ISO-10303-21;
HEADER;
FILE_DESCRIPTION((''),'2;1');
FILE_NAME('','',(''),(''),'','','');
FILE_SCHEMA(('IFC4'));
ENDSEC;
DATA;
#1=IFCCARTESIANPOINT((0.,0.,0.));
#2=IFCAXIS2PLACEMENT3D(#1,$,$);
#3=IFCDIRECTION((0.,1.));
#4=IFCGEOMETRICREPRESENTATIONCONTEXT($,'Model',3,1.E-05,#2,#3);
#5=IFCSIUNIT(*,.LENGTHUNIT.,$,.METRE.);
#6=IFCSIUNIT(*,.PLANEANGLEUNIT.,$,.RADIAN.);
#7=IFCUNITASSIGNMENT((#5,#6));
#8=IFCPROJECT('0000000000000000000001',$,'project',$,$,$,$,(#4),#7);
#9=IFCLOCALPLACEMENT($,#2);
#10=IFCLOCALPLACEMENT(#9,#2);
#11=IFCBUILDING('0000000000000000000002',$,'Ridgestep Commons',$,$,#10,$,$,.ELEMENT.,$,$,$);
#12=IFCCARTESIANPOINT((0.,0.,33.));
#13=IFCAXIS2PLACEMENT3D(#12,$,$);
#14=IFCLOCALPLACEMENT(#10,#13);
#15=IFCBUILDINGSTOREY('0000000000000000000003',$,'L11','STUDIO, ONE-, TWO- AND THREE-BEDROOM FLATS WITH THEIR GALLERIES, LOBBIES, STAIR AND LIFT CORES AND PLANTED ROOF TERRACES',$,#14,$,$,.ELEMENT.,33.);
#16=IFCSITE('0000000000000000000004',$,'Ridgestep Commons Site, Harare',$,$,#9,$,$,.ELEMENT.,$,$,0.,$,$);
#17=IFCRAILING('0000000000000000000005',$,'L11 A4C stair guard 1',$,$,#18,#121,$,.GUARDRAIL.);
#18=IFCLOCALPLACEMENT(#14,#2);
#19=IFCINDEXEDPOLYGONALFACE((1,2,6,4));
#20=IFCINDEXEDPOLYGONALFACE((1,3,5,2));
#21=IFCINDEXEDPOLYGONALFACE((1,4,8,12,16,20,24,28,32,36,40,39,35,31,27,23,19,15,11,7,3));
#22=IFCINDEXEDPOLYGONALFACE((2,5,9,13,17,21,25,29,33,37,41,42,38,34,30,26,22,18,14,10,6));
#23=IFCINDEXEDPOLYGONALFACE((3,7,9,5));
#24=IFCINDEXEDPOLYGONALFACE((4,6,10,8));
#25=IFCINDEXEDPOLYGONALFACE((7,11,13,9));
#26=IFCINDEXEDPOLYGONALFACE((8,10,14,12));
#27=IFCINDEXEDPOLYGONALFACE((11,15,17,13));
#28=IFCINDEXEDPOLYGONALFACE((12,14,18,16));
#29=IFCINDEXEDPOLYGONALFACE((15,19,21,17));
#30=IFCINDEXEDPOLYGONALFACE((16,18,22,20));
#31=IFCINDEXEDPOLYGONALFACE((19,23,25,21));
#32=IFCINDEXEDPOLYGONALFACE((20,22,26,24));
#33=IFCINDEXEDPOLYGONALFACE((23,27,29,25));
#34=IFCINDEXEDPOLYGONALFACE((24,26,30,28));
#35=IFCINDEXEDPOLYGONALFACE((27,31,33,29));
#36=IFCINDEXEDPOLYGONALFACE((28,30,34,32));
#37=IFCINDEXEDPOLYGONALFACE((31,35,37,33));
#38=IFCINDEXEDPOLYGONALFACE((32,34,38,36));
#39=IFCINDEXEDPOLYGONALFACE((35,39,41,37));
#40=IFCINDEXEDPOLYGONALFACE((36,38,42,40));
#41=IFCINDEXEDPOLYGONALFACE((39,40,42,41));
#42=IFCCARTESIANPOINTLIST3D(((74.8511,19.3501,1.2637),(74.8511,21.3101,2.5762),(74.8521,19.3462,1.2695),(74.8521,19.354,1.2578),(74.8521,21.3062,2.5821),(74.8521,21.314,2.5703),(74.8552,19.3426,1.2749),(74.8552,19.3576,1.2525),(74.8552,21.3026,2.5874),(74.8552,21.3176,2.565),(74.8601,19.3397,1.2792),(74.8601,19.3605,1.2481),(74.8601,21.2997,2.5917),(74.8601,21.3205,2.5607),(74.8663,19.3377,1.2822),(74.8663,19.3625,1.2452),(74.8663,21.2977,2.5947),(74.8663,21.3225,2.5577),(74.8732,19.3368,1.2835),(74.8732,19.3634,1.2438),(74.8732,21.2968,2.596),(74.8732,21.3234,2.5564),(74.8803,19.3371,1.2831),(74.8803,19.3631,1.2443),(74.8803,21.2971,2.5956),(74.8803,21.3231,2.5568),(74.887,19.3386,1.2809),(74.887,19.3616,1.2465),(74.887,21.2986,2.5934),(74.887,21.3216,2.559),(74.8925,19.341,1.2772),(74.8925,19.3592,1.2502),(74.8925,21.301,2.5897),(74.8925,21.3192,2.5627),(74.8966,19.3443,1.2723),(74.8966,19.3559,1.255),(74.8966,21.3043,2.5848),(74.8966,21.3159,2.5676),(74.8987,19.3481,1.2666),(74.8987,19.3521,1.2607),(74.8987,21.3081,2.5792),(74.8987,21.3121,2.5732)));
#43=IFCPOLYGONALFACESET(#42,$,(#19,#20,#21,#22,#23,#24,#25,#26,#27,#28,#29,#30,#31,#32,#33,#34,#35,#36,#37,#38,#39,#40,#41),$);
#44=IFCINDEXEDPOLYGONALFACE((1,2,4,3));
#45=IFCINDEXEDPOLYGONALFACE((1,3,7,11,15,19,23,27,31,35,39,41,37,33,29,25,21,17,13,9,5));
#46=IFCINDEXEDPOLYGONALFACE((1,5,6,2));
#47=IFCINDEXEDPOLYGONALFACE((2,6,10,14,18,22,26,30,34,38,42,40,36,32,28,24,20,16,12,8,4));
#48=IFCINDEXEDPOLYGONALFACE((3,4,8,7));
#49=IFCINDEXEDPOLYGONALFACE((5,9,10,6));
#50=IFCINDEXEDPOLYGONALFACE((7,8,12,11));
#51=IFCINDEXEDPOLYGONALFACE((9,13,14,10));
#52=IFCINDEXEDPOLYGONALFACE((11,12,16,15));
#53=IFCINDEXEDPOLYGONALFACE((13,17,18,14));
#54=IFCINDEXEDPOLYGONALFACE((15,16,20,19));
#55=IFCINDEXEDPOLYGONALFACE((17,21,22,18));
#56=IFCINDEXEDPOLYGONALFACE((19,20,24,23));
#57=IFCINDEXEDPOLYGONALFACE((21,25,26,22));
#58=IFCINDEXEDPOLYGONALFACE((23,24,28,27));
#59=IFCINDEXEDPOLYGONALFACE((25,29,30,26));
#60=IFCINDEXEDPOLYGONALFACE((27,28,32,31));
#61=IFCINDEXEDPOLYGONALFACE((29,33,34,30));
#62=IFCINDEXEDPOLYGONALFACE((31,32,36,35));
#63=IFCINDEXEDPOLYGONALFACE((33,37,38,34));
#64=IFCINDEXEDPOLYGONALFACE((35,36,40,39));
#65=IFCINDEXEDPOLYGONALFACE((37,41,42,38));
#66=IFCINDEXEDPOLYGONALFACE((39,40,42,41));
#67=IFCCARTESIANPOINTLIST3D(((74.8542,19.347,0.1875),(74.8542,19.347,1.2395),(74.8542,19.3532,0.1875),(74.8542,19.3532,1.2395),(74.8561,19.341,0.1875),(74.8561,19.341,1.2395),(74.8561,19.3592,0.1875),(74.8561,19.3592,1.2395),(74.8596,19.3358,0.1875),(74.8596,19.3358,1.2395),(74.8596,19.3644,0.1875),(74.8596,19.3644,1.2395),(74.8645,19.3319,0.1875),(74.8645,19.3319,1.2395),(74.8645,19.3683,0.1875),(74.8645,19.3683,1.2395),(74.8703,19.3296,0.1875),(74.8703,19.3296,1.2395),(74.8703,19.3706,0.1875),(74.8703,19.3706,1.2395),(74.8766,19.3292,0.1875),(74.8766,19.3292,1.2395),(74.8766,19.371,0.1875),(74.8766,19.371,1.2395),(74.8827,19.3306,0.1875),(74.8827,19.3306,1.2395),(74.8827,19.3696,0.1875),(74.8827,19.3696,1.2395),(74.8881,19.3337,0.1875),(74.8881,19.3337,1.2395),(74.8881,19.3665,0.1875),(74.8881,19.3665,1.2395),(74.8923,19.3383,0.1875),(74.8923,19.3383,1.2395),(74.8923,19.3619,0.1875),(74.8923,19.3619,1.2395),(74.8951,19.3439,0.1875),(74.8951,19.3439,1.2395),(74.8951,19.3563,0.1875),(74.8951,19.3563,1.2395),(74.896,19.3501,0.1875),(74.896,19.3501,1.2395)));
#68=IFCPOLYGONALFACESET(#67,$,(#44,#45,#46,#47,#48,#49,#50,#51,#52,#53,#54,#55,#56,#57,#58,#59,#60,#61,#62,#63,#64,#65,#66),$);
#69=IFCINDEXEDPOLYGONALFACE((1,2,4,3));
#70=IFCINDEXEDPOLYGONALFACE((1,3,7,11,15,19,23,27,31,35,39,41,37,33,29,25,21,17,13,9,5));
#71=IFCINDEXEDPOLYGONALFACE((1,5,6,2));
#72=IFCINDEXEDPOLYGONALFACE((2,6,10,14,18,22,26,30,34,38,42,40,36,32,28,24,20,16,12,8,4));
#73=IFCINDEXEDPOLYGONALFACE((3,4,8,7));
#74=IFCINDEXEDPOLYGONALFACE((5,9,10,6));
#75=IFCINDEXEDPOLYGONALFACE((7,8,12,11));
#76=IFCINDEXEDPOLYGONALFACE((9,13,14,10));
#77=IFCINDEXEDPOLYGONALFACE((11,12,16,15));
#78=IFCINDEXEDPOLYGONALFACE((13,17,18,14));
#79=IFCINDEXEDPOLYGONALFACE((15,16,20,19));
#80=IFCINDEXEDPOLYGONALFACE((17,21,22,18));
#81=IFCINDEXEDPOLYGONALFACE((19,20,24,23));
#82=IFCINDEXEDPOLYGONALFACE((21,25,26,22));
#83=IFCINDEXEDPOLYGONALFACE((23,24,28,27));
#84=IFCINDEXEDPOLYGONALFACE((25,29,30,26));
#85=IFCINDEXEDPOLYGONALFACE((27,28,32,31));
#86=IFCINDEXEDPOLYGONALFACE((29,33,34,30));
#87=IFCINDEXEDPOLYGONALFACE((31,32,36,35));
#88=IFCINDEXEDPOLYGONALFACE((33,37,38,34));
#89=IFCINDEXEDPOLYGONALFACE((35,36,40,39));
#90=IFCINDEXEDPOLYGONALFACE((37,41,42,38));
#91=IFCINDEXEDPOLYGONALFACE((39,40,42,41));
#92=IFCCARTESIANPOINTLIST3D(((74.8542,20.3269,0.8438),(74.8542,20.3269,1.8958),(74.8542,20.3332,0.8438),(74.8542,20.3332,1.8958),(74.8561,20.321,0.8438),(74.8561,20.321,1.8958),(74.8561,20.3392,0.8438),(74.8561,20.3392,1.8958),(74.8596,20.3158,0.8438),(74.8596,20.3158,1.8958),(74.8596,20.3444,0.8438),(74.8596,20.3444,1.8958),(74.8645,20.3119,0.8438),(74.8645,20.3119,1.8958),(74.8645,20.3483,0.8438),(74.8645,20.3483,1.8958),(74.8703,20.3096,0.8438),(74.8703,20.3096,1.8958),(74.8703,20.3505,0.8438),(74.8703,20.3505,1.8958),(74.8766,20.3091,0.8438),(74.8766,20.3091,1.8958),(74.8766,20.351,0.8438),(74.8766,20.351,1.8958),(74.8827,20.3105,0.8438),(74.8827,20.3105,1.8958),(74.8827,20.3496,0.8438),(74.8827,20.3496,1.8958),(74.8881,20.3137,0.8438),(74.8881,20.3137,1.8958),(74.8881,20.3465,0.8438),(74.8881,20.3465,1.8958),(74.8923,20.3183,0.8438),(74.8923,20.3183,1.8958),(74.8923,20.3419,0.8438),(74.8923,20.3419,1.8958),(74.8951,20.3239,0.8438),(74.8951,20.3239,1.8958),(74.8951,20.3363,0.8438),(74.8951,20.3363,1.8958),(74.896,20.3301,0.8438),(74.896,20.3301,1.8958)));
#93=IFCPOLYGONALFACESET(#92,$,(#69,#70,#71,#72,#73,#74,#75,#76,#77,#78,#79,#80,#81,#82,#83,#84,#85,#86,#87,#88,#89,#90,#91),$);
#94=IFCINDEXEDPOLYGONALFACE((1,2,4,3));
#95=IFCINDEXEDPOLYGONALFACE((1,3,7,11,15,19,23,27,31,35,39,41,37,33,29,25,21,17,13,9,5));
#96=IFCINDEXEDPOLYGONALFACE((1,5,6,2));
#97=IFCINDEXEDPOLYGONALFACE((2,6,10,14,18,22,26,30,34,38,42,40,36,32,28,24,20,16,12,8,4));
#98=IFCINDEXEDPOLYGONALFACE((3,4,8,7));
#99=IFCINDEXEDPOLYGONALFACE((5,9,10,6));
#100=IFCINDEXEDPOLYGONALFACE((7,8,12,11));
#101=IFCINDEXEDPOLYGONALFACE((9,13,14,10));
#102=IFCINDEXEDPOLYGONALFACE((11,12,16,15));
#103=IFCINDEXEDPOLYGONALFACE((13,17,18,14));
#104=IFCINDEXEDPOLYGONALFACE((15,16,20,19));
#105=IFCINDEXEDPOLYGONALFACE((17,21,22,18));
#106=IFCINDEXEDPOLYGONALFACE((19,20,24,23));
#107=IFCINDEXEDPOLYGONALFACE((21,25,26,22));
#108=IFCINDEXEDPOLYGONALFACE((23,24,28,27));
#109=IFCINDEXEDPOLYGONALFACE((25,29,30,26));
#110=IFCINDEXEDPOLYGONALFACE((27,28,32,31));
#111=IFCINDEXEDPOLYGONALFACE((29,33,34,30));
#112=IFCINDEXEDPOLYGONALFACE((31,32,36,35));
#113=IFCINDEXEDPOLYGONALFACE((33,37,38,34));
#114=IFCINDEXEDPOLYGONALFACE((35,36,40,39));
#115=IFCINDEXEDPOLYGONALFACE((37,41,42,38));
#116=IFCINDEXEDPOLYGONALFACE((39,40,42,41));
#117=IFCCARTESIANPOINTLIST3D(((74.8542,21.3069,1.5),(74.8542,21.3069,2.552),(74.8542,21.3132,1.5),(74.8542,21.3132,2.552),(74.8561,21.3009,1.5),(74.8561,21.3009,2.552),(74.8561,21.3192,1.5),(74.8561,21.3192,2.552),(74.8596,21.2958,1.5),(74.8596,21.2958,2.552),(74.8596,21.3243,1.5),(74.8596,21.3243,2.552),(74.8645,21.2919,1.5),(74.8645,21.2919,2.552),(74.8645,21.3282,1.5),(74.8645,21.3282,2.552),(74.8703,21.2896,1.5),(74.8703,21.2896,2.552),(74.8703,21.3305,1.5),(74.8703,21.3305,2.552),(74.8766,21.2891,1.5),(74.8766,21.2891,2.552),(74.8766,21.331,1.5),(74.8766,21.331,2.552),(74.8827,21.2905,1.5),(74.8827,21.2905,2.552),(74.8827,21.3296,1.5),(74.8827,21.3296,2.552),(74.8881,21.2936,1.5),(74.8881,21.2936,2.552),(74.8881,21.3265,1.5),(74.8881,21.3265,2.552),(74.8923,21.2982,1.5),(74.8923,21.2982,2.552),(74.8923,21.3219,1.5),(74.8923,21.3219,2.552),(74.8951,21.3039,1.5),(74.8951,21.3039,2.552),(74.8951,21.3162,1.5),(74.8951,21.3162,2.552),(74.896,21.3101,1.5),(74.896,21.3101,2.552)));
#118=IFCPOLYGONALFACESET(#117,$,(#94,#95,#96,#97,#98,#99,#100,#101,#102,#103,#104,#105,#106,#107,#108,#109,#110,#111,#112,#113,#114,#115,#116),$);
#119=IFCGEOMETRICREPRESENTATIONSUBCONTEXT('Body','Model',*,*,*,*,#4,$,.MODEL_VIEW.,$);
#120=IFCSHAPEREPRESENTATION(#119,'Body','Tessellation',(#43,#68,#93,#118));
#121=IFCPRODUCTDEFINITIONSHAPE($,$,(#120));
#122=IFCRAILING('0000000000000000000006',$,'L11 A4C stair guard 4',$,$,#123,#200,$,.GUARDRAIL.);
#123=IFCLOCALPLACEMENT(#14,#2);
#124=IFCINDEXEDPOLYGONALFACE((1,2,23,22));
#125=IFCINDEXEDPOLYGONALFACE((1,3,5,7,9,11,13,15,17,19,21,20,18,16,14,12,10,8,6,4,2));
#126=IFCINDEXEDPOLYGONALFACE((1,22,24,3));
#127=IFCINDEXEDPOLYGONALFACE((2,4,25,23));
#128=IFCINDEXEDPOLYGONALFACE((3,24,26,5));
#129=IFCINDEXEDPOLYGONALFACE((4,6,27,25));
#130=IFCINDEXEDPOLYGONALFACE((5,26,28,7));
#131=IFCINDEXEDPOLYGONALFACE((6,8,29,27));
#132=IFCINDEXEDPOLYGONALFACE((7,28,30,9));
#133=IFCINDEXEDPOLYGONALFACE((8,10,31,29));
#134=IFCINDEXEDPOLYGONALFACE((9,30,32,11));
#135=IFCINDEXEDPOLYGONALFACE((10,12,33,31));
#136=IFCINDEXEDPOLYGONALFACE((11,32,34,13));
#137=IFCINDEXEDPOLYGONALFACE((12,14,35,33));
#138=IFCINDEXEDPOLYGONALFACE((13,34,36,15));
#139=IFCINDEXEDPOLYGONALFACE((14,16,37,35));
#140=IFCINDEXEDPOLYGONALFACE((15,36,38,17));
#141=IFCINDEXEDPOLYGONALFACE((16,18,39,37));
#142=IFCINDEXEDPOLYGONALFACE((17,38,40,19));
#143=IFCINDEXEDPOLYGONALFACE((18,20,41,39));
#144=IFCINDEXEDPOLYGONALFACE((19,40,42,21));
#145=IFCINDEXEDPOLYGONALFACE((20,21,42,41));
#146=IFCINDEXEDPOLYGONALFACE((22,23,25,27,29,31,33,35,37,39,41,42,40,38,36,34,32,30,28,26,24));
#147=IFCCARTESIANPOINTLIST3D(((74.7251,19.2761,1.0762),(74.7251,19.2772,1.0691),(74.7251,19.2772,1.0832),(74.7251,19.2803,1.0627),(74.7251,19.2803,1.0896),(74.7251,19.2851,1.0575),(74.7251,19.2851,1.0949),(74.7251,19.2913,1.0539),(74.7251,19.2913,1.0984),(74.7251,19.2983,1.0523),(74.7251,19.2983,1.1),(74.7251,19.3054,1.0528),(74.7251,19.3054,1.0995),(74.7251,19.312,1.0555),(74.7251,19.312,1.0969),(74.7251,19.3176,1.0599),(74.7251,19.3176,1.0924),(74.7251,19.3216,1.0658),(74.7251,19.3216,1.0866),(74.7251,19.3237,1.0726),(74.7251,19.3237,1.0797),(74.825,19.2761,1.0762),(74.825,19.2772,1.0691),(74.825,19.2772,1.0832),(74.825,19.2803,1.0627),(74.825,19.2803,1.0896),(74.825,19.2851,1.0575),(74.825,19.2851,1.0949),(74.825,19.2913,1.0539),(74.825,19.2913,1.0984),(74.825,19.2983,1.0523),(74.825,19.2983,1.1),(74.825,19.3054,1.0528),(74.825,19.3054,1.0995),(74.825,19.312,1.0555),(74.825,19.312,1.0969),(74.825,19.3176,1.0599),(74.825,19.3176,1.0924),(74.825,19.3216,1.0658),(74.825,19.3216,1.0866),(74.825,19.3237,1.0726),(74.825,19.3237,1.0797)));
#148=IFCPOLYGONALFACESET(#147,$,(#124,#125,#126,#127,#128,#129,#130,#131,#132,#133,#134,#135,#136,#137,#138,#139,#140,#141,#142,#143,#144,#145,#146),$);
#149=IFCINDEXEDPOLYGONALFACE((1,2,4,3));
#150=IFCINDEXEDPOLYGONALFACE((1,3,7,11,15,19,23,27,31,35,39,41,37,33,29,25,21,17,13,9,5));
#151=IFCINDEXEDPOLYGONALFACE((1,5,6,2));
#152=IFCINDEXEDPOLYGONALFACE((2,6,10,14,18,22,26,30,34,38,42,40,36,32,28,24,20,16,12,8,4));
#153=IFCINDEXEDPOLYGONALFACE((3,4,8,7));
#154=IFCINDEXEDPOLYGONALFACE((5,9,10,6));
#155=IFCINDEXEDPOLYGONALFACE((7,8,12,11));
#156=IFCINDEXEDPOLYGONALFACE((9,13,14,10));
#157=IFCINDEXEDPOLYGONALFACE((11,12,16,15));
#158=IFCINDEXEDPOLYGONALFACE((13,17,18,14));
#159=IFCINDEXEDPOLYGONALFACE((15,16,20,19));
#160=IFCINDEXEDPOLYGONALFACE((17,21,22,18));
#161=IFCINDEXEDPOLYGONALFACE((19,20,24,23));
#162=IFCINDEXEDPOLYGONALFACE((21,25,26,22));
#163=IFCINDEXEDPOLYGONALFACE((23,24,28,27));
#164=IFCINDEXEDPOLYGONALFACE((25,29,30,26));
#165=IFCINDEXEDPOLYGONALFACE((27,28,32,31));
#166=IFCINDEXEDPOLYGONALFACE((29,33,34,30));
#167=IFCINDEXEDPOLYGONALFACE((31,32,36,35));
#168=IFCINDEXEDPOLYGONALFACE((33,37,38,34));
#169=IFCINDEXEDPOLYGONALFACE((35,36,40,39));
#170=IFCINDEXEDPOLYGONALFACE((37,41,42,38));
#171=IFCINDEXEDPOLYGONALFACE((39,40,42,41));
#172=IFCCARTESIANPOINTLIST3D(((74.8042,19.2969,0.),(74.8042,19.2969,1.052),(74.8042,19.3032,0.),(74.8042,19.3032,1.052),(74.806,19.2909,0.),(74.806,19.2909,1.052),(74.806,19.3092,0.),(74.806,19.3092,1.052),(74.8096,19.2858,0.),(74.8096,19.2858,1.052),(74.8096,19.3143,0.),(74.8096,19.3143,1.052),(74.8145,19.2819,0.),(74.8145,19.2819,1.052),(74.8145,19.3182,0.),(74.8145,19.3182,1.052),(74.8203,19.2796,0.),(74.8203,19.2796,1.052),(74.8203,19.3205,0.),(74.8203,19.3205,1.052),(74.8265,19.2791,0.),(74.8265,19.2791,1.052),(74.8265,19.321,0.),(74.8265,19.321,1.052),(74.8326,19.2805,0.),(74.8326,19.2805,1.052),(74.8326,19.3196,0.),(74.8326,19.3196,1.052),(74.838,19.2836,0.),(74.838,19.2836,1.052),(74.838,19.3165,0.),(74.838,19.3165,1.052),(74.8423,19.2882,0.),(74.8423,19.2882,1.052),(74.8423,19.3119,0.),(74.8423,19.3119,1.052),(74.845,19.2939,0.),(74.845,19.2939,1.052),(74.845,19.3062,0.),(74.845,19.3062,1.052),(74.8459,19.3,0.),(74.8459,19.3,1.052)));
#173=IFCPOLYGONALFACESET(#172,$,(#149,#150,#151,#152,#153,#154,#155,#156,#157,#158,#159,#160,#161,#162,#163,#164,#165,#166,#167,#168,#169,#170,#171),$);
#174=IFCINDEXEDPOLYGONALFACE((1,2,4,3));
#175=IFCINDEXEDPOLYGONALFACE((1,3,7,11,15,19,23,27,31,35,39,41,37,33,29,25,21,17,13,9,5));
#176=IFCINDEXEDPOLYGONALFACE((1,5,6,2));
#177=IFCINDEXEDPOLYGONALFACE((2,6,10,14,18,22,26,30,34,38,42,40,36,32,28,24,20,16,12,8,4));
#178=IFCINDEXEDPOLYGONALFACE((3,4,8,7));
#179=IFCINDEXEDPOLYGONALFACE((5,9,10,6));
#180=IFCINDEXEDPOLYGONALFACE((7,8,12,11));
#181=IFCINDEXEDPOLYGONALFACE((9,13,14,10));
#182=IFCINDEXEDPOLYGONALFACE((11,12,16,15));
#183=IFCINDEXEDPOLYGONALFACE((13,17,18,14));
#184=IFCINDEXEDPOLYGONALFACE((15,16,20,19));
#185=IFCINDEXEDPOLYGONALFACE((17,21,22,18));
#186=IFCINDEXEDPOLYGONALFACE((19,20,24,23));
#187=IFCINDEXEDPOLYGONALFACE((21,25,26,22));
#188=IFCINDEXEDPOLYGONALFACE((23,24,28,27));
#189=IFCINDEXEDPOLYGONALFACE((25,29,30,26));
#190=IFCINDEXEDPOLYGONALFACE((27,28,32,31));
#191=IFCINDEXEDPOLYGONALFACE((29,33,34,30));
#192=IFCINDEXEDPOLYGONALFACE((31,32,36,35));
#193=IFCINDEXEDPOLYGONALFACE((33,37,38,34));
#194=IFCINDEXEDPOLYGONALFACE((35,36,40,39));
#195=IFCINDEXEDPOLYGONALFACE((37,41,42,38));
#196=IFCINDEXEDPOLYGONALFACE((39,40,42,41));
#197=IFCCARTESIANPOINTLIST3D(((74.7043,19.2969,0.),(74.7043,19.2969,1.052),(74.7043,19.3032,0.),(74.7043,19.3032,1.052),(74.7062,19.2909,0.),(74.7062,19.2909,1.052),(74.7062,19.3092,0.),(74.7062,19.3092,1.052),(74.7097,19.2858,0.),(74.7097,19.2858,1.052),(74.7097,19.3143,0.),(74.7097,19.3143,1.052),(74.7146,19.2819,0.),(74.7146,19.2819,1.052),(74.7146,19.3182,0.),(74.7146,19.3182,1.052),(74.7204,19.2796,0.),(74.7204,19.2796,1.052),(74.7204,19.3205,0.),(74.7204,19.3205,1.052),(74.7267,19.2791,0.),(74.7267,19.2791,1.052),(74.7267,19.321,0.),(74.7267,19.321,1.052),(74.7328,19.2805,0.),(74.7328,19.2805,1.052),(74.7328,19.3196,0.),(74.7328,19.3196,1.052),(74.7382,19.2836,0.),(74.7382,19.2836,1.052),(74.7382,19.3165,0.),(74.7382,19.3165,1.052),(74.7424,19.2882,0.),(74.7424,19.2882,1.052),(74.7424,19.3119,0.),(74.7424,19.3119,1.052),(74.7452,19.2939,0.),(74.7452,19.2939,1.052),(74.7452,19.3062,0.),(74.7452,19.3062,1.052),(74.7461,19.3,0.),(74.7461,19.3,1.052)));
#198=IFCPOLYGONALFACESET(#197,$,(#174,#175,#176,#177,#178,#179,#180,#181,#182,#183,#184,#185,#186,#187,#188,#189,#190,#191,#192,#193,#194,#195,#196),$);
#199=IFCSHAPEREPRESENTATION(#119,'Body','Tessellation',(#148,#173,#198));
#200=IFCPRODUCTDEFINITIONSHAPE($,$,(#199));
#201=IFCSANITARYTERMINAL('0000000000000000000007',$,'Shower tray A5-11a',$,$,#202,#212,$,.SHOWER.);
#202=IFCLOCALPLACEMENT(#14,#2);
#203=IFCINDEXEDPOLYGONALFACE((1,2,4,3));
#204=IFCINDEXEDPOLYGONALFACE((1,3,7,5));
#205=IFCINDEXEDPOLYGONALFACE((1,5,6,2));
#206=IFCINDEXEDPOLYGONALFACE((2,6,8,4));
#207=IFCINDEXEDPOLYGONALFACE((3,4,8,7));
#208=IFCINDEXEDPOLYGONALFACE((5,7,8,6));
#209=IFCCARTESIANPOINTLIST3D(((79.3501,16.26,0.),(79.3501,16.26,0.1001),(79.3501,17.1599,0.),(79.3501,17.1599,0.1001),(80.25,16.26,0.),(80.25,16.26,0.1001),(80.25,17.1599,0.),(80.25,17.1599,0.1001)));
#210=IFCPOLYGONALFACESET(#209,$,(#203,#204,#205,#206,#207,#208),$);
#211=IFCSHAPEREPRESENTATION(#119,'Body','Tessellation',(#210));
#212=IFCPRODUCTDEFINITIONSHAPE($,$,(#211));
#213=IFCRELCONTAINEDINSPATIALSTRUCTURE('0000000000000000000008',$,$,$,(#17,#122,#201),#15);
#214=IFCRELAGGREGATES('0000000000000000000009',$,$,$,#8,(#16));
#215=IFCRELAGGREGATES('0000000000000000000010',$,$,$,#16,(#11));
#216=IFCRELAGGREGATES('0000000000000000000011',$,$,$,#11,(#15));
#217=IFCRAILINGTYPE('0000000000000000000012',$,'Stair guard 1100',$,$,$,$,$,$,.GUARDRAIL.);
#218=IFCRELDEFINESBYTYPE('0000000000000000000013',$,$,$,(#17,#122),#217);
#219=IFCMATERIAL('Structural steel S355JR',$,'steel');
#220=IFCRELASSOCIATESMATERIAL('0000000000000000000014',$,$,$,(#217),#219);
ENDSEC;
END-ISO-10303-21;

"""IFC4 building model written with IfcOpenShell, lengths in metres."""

from ifc_helpers import new_model, si_unit, direction, frame, origin, origin_2d, place, context, subcontext, project, spatial, rectangle, circle, extrude, material, type_object, element, save


model = new_model("IFC4")

# Units and contexts
model_context = context("Model", 3, precision=1e-05, world=origin(), true_north=direction((0.0, 1.0)))
body_context = subcontext(model_context, "Body", "Model", "MODEL_VIEW")
ifc_project = project(units=[si_unit("LENGTHUNIT", "METRE"), si_unit("PLANEANGLEUNIT", "RADIAN")], contexts=[model_context])

# Site, building, storey
site_placement = place(None, origin())
site = spatial("IfcSite", under=ifc_project, at=site_placement, Name="Ridgestep Commons Site, Harare", CompositionType="ELEMENT", RefElevation=0.0)
building_placement = place(site_placement, origin())
building = spatial("IfcBuilding", under=site, at=building_placement, Name="Ridgestep Commons", CompositionType="ELEMENT")
storey_placement = place(building_placement, frame((0.0, 0.0, 33.0)))
storey = spatial("IfcBuildingStorey", under=building, at=storey_placement, Name="L11", Description="STUDIO, ONE-, TWO- AND THREE-BEDROOM FLATS WITH THEIR GALLERIES, LOBBIES, STAIR AND LIFT CORES AND PLANTED ROOF TERRACES", CompositionType="ELEMENT", Elevation=33.0)

# Railings
ifc_material_1 = material(Name="Structural steel S355JR", Category="steel")
railing_type_1 = type_object("IfcRailingType", Name="Stair guard 1100", PredefinedType="GUARDRAIL", material=ifc_material_1)
railing_1_placement = place(storey_placement, frame((74.875, 19.3501, 0.1875)))
element("IfcRailing", 1, at=railing_1_placement, inside=storey, type_object=railing_type_1, Name="L11 A4C stair guard 1", PredefinedType="GUARDRAIL", context=body_context, shape_type="SweptSolid", body=[
    extrude(circle(Radius=0.0239, at=origin_2d()), frame((0.0, 0.0, 1.0762), z_axis=(0.0, 0.830902, 0.556419), x_axis=(-1.0, 0.0, 0.0)), (0.0, 0.0, 1.0), 2.3589),
    extrude(circle(Radius=0.021, at=origin_2d()), origin(), (0.0, 0.0, 1.0), 1.052),
    extrude(circle(Radius=0.021, at=origin_2d()), frame((0.0, 0.98, 0.6562)), (0.0, 0.0, 1.0), 1.052),
    extrude(circle(Radius=0.021, at=origin_2d()), frame((0.0, 1.96, 1.3125)), (0.0, 0.0, 1.0), 1.052),
])
railing_2_placement = place(storey_placement, frame((74.825, 19.3, 0.0)))
element("IfcRailing", 2, at=railing_2_placement, inside=storey, type_object=railing_type_1, Name="L11 A4C stair guard 4", PredefinedType="GUARDRAIL", context=body_context, shape_type="SweptSolid", body=[
    extrude(circle(Radius=0.0239, at=origin_2d()), frame((0.0, 0.0, 1.0762), z_axis=(-1.0, 0.0, 0.0), x_axis=(0.0, -1.0, 0.0)), (0.0, 0.0, 1.0), 0.0999),
    extrude(circle(Radius=0.021, at=origin_2d()), origin(), (0.0, 0.0, 1.0), 1.052),
    extrude(circle(Radius=0.021, at=origin_2d()), frame((-0.0999, 0.0, 0.0)), (0.0, 0.0, 1.0), 1.052),
])

# Sanitary terminal
sanitary_terminal_1_placement = place(storey_placement, frame((79.8, 16.71, 0.0), z_axis=(0.0, 0.0, 1.0), x_axis=(1.0, 0.0, 0.0)))
element("IfcSanitaryTerminal", 3, at=sanitary_terminal_1_placement, inside=storey, Name="Shower tray A5-11a", PredefinedType="SHOWER", context=body_context, shape_type="SweptSolid", body=[
    extrude(rectangle(XDim=0.8999, YDim=0.8999, at=origin_2d()), origin(), (0.0, 0.0, 1.0), 0.1001),
])

save(model, "model.ifc")
